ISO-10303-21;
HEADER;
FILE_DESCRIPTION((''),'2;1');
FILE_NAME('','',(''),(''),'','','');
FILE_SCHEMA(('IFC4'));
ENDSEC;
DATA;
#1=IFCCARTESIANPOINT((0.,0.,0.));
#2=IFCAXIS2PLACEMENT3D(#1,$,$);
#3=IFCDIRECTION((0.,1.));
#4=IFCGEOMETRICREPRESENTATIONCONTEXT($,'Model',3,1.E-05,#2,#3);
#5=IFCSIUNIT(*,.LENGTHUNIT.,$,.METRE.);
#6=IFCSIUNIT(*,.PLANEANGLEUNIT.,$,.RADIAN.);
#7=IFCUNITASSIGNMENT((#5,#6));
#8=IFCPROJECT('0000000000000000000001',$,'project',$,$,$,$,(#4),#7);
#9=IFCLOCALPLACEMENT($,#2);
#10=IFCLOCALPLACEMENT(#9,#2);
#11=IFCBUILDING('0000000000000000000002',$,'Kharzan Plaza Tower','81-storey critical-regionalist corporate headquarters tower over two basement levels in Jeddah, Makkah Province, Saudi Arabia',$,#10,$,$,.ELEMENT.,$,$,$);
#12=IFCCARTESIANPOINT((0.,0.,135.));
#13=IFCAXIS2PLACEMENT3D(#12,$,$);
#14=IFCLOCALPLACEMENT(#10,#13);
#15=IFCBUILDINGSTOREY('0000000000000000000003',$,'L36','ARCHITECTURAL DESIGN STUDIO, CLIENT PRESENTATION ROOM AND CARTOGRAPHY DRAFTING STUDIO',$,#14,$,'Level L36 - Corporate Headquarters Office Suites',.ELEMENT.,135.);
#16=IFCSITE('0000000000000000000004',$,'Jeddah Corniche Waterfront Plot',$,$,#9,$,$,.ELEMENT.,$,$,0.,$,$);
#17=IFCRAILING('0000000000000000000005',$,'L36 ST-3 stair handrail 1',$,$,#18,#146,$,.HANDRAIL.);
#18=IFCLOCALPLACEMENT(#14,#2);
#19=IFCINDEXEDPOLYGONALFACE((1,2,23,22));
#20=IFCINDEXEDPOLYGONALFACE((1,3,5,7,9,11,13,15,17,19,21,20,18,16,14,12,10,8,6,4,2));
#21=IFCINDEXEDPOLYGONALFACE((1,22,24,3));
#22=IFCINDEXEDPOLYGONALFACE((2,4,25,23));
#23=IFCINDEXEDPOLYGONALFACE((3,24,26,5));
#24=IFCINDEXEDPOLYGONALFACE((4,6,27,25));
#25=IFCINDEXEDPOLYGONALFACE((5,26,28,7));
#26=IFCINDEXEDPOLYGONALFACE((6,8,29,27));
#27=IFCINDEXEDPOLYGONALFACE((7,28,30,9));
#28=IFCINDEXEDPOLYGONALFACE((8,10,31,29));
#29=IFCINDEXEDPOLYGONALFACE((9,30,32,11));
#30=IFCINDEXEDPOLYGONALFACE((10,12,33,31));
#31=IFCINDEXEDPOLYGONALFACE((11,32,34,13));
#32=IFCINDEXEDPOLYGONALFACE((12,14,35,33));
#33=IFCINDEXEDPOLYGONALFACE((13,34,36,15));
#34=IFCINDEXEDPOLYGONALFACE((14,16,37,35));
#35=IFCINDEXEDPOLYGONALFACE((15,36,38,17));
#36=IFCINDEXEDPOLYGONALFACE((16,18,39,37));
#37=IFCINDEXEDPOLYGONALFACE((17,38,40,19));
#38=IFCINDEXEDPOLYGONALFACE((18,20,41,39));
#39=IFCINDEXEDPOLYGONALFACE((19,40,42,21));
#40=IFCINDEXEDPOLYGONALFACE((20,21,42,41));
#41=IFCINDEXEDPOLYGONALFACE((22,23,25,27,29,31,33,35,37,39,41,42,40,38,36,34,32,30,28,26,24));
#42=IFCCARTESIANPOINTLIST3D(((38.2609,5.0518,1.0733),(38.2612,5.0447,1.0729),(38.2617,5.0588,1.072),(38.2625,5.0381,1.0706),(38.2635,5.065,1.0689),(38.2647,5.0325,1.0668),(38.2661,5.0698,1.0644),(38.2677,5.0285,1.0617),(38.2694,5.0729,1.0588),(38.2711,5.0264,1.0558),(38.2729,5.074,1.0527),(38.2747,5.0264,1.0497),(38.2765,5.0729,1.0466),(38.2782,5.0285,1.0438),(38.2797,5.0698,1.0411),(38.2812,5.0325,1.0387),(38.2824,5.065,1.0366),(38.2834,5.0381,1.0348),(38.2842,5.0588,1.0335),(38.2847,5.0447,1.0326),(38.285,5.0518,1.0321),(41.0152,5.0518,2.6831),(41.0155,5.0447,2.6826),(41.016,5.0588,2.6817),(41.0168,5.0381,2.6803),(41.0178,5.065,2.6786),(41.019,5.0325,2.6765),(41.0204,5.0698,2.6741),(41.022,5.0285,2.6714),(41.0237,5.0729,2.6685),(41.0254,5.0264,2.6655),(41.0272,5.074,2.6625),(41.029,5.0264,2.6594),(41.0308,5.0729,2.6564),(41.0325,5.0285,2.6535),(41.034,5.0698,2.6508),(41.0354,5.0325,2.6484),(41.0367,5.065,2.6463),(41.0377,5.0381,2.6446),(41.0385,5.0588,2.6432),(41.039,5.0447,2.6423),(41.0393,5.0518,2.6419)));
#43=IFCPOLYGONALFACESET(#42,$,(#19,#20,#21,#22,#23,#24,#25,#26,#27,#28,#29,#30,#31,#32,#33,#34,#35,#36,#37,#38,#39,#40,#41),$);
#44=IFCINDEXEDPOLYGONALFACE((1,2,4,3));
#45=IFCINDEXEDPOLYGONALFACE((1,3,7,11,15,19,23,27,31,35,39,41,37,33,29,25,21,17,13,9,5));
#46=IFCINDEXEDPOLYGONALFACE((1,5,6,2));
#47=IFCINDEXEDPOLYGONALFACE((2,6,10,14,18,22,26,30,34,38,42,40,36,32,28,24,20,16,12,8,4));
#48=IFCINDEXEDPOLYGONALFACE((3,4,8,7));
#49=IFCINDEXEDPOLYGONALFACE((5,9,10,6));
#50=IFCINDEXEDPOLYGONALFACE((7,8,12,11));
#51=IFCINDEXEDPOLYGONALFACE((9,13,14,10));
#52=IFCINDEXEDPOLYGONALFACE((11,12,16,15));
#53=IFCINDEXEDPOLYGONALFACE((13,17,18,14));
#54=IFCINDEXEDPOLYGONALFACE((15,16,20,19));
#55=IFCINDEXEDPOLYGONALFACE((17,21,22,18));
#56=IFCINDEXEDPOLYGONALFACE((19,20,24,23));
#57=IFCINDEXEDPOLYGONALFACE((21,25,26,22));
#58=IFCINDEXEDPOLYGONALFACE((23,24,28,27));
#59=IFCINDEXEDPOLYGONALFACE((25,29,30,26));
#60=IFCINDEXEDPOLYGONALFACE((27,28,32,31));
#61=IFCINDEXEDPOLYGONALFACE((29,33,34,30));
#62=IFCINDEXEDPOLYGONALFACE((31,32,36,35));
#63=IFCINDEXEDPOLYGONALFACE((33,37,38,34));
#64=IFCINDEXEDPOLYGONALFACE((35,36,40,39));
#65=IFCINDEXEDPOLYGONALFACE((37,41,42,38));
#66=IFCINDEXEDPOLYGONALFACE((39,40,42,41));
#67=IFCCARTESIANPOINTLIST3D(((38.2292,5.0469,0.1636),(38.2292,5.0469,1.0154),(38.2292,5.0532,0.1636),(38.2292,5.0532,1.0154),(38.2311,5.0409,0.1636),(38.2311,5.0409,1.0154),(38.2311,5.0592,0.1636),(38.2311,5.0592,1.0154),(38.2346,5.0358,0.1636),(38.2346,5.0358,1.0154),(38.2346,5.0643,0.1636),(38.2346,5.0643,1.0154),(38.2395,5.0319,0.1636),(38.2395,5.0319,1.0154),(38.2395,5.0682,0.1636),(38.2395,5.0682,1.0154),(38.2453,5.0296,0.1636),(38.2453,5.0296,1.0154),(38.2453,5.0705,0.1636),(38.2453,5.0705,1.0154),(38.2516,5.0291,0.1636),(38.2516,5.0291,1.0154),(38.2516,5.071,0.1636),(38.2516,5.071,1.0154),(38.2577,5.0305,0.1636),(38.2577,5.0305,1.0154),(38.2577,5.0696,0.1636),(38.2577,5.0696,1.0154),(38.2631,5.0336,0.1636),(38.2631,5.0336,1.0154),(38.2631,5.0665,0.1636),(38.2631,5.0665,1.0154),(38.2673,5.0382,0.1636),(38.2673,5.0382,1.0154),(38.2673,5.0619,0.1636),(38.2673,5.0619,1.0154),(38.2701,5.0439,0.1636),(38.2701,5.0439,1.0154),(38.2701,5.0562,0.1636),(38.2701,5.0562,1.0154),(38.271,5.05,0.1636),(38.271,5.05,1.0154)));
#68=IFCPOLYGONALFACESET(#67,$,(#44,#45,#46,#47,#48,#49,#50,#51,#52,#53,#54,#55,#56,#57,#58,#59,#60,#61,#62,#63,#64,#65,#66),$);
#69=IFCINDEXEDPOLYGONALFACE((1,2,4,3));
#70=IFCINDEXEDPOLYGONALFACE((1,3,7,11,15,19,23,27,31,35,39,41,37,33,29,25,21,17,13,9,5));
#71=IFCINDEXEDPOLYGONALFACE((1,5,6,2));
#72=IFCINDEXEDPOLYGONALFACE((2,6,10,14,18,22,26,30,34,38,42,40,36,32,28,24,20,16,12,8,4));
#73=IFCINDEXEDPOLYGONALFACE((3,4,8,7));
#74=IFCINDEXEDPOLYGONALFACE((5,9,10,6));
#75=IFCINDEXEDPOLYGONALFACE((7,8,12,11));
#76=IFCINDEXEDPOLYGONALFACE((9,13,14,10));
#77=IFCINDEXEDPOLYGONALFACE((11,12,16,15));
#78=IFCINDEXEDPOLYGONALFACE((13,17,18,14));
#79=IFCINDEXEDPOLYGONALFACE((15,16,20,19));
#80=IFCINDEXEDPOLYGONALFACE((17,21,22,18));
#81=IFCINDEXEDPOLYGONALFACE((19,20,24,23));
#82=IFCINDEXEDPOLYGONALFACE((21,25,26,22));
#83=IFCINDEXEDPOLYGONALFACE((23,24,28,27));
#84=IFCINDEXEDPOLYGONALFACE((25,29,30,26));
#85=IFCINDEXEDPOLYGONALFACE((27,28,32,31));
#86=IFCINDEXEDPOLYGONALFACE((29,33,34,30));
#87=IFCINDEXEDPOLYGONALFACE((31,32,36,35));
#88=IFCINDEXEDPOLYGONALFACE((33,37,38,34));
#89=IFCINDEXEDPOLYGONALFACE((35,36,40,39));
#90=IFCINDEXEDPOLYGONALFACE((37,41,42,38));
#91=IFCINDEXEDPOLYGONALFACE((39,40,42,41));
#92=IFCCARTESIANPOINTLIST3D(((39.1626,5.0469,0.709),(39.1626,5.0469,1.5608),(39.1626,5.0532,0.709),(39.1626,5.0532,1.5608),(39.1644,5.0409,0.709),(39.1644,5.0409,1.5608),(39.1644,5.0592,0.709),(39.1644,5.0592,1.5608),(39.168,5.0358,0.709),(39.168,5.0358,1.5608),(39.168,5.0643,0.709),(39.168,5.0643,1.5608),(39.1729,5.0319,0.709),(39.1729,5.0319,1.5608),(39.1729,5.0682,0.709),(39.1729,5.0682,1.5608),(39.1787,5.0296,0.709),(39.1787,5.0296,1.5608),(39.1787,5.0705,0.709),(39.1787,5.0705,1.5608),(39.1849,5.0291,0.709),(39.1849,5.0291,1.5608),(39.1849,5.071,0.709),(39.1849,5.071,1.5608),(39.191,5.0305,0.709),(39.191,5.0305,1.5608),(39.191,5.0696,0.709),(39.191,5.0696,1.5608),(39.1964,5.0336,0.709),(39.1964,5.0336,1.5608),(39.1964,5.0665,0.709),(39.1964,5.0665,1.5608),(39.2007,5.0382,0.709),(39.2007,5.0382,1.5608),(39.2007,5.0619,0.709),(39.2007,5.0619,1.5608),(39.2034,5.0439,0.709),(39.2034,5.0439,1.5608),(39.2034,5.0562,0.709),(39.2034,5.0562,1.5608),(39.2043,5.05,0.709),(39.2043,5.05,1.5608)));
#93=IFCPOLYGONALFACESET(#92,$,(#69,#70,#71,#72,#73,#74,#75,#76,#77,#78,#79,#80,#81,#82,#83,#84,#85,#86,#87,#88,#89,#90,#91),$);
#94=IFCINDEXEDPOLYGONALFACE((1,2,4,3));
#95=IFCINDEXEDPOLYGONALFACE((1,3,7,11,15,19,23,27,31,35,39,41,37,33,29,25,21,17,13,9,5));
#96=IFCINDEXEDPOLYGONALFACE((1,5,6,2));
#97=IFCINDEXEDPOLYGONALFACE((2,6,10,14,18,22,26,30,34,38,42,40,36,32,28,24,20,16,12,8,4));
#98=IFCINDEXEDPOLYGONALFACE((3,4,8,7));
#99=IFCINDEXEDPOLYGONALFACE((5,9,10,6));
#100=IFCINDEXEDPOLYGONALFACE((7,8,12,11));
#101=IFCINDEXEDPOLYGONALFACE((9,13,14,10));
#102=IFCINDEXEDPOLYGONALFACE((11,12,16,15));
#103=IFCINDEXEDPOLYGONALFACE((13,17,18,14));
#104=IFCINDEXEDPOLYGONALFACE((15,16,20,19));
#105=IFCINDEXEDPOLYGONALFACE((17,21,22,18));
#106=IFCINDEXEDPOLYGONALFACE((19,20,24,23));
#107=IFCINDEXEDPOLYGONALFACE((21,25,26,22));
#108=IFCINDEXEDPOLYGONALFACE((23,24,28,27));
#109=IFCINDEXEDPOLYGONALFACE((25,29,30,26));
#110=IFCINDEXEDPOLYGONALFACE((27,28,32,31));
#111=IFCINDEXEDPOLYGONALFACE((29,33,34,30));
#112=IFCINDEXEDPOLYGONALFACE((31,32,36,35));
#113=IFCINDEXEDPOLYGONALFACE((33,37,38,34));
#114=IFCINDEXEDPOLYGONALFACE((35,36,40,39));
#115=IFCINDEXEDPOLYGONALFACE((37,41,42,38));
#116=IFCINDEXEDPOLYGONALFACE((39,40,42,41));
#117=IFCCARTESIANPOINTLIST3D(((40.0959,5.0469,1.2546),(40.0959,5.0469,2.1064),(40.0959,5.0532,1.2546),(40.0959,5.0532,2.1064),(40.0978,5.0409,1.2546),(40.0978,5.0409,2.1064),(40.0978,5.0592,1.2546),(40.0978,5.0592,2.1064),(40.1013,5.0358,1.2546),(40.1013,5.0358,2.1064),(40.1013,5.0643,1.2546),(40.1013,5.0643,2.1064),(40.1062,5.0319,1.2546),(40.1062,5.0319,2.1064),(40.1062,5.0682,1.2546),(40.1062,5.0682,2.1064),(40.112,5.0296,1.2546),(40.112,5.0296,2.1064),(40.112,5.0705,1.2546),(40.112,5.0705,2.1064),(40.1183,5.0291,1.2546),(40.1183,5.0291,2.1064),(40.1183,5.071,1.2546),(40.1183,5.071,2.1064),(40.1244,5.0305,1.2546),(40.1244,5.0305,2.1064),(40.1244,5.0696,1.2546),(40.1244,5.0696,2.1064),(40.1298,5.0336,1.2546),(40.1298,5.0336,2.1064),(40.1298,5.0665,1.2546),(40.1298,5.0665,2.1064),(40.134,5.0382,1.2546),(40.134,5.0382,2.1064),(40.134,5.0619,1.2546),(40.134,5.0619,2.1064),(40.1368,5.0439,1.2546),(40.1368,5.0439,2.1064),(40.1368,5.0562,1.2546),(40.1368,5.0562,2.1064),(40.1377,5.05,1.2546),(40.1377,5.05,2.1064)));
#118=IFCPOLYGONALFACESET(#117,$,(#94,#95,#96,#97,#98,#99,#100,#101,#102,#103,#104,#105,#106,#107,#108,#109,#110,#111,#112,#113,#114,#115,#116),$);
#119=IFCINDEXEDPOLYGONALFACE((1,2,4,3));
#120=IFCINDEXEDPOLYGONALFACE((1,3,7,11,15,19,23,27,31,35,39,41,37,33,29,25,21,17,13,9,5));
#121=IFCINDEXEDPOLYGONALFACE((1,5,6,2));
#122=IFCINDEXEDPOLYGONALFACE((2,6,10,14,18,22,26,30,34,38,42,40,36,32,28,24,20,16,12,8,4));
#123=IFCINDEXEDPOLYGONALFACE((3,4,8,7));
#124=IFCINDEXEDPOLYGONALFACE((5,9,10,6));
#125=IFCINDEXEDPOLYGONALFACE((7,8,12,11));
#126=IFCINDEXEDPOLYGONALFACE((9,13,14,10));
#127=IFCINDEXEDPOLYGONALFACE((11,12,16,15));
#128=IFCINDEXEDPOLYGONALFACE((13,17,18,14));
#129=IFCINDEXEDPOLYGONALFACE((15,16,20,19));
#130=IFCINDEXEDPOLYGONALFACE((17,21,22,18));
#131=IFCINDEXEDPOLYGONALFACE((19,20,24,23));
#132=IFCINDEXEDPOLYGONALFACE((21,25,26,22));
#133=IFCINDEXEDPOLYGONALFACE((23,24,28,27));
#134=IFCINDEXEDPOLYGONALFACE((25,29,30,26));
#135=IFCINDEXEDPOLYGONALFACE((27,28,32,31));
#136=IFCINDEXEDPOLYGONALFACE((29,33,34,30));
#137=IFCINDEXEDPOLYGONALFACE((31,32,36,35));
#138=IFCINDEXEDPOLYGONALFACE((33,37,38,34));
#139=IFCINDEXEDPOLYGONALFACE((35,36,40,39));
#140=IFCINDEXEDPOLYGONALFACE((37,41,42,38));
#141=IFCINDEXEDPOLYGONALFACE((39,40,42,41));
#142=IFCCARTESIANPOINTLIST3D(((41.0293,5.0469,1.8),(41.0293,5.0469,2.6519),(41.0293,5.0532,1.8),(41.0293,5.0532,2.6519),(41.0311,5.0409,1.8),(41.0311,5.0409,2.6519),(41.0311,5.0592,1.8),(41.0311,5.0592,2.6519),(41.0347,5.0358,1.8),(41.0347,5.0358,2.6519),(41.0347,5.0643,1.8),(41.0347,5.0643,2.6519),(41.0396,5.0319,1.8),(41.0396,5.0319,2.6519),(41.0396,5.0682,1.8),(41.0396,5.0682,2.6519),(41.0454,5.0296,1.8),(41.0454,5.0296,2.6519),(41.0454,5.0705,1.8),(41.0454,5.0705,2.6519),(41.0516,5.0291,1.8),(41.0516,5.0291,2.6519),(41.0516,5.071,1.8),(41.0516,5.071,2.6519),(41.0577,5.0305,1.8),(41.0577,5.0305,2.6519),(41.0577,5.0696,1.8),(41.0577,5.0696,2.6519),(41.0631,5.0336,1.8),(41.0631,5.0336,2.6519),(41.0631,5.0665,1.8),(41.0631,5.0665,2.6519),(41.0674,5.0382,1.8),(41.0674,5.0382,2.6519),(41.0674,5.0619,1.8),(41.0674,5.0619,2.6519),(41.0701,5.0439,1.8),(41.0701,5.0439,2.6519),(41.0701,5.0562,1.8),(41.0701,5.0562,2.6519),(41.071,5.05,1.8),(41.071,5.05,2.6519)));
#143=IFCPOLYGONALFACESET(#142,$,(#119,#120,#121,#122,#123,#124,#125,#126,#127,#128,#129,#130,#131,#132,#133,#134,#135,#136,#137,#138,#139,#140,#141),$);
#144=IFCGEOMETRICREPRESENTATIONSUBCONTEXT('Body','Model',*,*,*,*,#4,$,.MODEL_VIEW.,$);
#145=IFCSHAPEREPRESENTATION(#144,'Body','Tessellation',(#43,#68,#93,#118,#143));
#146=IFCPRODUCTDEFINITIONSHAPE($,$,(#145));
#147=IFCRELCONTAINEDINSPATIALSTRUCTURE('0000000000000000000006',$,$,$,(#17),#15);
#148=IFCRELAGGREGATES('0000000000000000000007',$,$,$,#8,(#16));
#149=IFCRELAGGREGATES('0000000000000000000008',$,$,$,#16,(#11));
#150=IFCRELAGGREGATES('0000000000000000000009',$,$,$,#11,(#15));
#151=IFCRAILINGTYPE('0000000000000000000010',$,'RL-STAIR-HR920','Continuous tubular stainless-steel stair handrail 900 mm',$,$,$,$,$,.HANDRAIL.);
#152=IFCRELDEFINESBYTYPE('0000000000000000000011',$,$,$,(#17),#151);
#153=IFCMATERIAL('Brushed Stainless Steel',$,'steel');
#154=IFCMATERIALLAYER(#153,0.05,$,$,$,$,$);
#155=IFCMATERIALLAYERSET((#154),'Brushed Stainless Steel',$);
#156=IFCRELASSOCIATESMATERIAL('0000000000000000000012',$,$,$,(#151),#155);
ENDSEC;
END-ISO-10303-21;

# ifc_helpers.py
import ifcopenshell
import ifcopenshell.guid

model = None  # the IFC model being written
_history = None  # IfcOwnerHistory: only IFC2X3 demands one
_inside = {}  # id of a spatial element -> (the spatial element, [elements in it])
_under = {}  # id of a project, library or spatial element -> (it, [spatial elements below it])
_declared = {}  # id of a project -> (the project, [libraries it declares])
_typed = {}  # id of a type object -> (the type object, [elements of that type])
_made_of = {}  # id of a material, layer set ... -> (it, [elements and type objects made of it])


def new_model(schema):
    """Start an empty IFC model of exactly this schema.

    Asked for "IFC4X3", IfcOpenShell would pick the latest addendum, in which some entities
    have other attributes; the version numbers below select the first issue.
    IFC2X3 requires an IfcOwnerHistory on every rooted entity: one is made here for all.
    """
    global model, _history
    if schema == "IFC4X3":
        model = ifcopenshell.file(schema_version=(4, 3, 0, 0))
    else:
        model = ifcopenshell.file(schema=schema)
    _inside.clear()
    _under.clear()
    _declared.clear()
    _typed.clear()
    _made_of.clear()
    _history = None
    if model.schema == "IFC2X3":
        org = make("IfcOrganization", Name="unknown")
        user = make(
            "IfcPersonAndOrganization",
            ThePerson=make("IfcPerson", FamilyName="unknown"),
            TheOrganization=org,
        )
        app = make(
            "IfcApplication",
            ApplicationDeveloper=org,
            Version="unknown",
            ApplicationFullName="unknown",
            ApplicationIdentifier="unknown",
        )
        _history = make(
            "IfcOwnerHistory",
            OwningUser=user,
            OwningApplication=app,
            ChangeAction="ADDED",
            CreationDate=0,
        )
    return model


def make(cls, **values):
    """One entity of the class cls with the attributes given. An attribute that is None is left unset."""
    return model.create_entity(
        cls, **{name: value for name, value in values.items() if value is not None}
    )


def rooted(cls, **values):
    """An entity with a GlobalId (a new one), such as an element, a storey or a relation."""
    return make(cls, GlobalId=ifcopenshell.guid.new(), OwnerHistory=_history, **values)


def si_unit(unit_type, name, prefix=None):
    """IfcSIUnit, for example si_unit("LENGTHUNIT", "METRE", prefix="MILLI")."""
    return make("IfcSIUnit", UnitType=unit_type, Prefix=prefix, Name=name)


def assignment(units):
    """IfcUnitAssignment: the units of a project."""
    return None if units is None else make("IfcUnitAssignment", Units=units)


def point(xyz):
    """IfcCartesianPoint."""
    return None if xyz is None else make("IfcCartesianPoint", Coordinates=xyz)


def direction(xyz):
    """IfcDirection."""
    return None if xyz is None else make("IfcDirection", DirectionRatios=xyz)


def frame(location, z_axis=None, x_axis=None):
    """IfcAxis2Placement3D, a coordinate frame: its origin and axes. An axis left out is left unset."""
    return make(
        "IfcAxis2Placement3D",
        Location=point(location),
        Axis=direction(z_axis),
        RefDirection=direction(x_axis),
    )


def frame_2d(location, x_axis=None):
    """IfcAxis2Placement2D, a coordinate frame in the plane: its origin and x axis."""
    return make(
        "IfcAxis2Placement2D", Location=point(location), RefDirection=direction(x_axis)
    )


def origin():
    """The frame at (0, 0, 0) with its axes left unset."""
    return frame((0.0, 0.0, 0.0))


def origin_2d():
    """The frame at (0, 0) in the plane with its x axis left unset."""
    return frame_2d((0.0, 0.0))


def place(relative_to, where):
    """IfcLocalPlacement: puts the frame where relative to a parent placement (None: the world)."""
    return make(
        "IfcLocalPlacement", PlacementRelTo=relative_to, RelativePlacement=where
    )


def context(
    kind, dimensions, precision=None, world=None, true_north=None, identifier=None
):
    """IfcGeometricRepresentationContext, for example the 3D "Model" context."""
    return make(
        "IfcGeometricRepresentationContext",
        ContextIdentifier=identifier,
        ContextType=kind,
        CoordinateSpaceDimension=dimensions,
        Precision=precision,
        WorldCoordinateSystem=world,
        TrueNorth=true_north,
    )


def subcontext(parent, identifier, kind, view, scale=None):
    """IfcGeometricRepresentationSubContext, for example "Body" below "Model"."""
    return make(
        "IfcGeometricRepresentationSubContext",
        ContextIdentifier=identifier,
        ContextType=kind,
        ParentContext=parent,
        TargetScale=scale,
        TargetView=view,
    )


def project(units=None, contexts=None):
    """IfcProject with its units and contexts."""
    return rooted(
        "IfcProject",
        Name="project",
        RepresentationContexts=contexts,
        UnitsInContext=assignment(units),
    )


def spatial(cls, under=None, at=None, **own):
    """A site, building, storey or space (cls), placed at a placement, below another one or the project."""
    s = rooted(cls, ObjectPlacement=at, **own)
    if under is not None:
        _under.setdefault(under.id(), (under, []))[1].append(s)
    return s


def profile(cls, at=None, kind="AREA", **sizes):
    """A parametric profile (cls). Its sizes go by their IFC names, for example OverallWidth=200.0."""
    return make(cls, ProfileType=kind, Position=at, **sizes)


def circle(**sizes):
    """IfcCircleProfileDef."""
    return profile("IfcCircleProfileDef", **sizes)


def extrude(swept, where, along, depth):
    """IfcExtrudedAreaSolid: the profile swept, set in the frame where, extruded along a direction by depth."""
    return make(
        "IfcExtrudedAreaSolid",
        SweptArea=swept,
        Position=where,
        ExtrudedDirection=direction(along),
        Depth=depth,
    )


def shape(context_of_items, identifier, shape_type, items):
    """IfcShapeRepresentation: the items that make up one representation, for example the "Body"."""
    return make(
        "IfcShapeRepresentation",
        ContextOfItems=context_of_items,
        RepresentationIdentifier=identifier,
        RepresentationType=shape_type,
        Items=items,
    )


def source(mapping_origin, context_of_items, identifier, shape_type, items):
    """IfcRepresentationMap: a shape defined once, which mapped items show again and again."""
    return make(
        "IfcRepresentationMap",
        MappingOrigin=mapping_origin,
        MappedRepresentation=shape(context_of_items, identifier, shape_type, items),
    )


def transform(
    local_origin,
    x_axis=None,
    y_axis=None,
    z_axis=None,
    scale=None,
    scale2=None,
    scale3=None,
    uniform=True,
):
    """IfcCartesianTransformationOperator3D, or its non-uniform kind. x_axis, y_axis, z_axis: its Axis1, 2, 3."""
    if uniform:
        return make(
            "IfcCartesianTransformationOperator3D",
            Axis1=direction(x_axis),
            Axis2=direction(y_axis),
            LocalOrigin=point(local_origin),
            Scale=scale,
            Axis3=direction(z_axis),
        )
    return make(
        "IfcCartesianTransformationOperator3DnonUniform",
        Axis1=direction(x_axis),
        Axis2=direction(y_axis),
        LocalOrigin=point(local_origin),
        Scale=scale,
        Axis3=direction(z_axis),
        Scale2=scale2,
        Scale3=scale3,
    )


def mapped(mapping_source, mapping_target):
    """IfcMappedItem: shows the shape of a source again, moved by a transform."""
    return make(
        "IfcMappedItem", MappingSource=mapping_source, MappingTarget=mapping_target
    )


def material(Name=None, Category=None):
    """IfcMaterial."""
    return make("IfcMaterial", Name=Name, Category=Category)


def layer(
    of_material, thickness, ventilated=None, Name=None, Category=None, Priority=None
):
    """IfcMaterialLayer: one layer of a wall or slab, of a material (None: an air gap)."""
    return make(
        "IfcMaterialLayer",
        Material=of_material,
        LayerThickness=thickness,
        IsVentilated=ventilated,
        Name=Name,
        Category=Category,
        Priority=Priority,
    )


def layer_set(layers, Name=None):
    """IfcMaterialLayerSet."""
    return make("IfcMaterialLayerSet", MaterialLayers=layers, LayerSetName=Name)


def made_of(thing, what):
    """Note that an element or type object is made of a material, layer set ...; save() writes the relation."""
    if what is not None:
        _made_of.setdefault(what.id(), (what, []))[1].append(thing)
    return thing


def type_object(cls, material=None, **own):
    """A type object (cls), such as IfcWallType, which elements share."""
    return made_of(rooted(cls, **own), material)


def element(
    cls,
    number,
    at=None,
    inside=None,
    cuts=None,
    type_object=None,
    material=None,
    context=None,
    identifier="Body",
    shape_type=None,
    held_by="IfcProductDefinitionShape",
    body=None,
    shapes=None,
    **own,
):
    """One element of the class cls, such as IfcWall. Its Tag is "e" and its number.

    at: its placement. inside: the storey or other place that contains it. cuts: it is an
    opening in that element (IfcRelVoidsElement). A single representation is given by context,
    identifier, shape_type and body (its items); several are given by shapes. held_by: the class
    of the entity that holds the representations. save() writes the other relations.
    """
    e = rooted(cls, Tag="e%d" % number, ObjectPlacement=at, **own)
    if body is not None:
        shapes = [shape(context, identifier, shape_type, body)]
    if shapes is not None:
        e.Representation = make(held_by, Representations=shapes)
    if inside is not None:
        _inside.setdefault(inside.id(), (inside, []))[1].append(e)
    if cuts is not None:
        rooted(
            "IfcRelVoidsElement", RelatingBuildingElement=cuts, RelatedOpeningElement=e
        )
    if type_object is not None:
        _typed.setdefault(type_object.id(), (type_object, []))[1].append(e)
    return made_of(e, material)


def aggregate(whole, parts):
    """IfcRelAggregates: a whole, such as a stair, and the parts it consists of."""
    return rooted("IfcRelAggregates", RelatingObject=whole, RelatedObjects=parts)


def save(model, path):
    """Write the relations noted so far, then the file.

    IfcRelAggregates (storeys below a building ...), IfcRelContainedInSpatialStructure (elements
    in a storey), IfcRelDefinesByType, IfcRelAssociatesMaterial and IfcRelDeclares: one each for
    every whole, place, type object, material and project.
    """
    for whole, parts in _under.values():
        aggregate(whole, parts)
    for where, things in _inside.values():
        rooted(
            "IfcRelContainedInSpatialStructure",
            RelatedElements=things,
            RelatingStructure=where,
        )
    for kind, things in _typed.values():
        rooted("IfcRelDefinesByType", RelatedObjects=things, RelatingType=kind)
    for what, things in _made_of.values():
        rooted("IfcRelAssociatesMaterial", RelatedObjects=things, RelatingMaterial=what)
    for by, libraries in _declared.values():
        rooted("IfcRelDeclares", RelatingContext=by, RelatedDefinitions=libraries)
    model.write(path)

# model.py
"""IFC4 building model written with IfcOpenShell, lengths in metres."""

from ifc_helpers import new_model, si_unit, direction, frame, origin, origin_2d, place, context, subcontext, project, spatial, circle, extrude, source, transform, mapped, material, layer, layer_set, type_object, element, save


model = new_model("IFC4")

# Units and contexts
model_context = context("Model", 3, precision=1e-05, world=origin(), true_north=direction((0.0, 1.0)))
body_context = subcontext(model_context, "Body", "Model", "MODEL_VIEW")
ifc_project = project(units=[si_unit("LENGTHUNIT", "METRE"), si_unit("PLANEANGLEUNIT", "RADIAN")], contexts=[model_context])

# Site, building, storey
site_placement = place(None, origin())
site = spatial("IfcSite", under=ifc_project, at=site_placement, Name="Jeddah Corniche Waterfront Plot", CompositionType="ELEMENT", RefElevation=0.0)
building_placement = place(site_placement, origin())
building = spatial("IfcBuilding", under=site, at=building_placement, Name="Kharzan Plaza Tower", Description="81-storey critical-regionalist corporate headquarters tower over two basement levels in Jeddah, Makkah Province, Saudi Arabia", CompositionType="ELEMENT")
storey_placement = place(building_placement, frame((0.0, 0.0, 135.0)))
storey = spatial("IfcBuildingStorey", under=building, at=storey_placement, Name="L36", Description="ARCHITECTURAL DESIGN STUDIO, CLIENT PRESENTATION ROOM AND CARTOGRAPHY DRAFTING STUDIO", LongName="Level L36 - Corporate Headquarters Office Suites", CompositionType="ELEMENT", Elevation=135.0)

# Shared definitions
ifc_material_1 = material(Name="Brushed Stainless Steel", Category="steel")

# Railing
ifc_layer_1 = layer(ifc_material_1, 0.05)
ifc_layer_set_1 = layer_set([ifc_layer_1], Name="Brushed Stainless Steel")
railing_type_1 = type_object("IfcRailingType", Name="RL-STAIR-HR920", Description="Continuous tubular stainless-steel stair handrail 900 mm", PredefinedType="HANDRAIL", material=ifc_layer_set_1)
shared_shape_1 = source(origin(), body_context, "Body", "SweptSolid", [
    extrude(circle(Radius=0.0239, at=origin_2d()), frame((0.0229, 0.0, 0.8892), z_axis=(0.863361, 0.0, 0.504587), x_axis=(0.0, 1.0, 0.0)), (0.0, 0.0, 1.0), 3.1902),
    extrude(circle(Radius=0.021, at=origin_2d()), origin(), (0.0, 0.0, 1.0), 0.8518),
    extrude(circle(Radius=0.021, at=origin_2d()), frame((0.9333, 0.0, 0.5454)), (0.0, 0.0, 1.0), 0.8518),
    extrude(circle(Radius=0.021, at=origin_2d()), frame((1.8667, 0.0, 1.0911)), (0.0, 0.0, 1.0), 0.8518),
    extrude(circle(Radius=0.021, at=origin_2d()), frame((2.8, 0.0, 1.6365)), (0.0, 0.0, 1.0), 0.8518),
])
railing_1_placement = place(storey_placement, frame((38.25, 5.05, 0.1636)))
element("IfcRailing", 1, at=railing_1_placement, inside=storey, type_object=railing_type_1, Name="L36 ST-3 stair handrail 1", PredefinedType="HANDRAIL", context=body_context, shape_type="MappedRepresentation", body=[
    mapped(shared_shape_1, transform((0.0, 0.0, 0.0), x_axis=(1.0, 0.0, 0.0), y_axis=(0.0, 1.0, 0.0), z_axis=(0.0, 0.0, 1.0))),
])

save(model, "model.ifc")
